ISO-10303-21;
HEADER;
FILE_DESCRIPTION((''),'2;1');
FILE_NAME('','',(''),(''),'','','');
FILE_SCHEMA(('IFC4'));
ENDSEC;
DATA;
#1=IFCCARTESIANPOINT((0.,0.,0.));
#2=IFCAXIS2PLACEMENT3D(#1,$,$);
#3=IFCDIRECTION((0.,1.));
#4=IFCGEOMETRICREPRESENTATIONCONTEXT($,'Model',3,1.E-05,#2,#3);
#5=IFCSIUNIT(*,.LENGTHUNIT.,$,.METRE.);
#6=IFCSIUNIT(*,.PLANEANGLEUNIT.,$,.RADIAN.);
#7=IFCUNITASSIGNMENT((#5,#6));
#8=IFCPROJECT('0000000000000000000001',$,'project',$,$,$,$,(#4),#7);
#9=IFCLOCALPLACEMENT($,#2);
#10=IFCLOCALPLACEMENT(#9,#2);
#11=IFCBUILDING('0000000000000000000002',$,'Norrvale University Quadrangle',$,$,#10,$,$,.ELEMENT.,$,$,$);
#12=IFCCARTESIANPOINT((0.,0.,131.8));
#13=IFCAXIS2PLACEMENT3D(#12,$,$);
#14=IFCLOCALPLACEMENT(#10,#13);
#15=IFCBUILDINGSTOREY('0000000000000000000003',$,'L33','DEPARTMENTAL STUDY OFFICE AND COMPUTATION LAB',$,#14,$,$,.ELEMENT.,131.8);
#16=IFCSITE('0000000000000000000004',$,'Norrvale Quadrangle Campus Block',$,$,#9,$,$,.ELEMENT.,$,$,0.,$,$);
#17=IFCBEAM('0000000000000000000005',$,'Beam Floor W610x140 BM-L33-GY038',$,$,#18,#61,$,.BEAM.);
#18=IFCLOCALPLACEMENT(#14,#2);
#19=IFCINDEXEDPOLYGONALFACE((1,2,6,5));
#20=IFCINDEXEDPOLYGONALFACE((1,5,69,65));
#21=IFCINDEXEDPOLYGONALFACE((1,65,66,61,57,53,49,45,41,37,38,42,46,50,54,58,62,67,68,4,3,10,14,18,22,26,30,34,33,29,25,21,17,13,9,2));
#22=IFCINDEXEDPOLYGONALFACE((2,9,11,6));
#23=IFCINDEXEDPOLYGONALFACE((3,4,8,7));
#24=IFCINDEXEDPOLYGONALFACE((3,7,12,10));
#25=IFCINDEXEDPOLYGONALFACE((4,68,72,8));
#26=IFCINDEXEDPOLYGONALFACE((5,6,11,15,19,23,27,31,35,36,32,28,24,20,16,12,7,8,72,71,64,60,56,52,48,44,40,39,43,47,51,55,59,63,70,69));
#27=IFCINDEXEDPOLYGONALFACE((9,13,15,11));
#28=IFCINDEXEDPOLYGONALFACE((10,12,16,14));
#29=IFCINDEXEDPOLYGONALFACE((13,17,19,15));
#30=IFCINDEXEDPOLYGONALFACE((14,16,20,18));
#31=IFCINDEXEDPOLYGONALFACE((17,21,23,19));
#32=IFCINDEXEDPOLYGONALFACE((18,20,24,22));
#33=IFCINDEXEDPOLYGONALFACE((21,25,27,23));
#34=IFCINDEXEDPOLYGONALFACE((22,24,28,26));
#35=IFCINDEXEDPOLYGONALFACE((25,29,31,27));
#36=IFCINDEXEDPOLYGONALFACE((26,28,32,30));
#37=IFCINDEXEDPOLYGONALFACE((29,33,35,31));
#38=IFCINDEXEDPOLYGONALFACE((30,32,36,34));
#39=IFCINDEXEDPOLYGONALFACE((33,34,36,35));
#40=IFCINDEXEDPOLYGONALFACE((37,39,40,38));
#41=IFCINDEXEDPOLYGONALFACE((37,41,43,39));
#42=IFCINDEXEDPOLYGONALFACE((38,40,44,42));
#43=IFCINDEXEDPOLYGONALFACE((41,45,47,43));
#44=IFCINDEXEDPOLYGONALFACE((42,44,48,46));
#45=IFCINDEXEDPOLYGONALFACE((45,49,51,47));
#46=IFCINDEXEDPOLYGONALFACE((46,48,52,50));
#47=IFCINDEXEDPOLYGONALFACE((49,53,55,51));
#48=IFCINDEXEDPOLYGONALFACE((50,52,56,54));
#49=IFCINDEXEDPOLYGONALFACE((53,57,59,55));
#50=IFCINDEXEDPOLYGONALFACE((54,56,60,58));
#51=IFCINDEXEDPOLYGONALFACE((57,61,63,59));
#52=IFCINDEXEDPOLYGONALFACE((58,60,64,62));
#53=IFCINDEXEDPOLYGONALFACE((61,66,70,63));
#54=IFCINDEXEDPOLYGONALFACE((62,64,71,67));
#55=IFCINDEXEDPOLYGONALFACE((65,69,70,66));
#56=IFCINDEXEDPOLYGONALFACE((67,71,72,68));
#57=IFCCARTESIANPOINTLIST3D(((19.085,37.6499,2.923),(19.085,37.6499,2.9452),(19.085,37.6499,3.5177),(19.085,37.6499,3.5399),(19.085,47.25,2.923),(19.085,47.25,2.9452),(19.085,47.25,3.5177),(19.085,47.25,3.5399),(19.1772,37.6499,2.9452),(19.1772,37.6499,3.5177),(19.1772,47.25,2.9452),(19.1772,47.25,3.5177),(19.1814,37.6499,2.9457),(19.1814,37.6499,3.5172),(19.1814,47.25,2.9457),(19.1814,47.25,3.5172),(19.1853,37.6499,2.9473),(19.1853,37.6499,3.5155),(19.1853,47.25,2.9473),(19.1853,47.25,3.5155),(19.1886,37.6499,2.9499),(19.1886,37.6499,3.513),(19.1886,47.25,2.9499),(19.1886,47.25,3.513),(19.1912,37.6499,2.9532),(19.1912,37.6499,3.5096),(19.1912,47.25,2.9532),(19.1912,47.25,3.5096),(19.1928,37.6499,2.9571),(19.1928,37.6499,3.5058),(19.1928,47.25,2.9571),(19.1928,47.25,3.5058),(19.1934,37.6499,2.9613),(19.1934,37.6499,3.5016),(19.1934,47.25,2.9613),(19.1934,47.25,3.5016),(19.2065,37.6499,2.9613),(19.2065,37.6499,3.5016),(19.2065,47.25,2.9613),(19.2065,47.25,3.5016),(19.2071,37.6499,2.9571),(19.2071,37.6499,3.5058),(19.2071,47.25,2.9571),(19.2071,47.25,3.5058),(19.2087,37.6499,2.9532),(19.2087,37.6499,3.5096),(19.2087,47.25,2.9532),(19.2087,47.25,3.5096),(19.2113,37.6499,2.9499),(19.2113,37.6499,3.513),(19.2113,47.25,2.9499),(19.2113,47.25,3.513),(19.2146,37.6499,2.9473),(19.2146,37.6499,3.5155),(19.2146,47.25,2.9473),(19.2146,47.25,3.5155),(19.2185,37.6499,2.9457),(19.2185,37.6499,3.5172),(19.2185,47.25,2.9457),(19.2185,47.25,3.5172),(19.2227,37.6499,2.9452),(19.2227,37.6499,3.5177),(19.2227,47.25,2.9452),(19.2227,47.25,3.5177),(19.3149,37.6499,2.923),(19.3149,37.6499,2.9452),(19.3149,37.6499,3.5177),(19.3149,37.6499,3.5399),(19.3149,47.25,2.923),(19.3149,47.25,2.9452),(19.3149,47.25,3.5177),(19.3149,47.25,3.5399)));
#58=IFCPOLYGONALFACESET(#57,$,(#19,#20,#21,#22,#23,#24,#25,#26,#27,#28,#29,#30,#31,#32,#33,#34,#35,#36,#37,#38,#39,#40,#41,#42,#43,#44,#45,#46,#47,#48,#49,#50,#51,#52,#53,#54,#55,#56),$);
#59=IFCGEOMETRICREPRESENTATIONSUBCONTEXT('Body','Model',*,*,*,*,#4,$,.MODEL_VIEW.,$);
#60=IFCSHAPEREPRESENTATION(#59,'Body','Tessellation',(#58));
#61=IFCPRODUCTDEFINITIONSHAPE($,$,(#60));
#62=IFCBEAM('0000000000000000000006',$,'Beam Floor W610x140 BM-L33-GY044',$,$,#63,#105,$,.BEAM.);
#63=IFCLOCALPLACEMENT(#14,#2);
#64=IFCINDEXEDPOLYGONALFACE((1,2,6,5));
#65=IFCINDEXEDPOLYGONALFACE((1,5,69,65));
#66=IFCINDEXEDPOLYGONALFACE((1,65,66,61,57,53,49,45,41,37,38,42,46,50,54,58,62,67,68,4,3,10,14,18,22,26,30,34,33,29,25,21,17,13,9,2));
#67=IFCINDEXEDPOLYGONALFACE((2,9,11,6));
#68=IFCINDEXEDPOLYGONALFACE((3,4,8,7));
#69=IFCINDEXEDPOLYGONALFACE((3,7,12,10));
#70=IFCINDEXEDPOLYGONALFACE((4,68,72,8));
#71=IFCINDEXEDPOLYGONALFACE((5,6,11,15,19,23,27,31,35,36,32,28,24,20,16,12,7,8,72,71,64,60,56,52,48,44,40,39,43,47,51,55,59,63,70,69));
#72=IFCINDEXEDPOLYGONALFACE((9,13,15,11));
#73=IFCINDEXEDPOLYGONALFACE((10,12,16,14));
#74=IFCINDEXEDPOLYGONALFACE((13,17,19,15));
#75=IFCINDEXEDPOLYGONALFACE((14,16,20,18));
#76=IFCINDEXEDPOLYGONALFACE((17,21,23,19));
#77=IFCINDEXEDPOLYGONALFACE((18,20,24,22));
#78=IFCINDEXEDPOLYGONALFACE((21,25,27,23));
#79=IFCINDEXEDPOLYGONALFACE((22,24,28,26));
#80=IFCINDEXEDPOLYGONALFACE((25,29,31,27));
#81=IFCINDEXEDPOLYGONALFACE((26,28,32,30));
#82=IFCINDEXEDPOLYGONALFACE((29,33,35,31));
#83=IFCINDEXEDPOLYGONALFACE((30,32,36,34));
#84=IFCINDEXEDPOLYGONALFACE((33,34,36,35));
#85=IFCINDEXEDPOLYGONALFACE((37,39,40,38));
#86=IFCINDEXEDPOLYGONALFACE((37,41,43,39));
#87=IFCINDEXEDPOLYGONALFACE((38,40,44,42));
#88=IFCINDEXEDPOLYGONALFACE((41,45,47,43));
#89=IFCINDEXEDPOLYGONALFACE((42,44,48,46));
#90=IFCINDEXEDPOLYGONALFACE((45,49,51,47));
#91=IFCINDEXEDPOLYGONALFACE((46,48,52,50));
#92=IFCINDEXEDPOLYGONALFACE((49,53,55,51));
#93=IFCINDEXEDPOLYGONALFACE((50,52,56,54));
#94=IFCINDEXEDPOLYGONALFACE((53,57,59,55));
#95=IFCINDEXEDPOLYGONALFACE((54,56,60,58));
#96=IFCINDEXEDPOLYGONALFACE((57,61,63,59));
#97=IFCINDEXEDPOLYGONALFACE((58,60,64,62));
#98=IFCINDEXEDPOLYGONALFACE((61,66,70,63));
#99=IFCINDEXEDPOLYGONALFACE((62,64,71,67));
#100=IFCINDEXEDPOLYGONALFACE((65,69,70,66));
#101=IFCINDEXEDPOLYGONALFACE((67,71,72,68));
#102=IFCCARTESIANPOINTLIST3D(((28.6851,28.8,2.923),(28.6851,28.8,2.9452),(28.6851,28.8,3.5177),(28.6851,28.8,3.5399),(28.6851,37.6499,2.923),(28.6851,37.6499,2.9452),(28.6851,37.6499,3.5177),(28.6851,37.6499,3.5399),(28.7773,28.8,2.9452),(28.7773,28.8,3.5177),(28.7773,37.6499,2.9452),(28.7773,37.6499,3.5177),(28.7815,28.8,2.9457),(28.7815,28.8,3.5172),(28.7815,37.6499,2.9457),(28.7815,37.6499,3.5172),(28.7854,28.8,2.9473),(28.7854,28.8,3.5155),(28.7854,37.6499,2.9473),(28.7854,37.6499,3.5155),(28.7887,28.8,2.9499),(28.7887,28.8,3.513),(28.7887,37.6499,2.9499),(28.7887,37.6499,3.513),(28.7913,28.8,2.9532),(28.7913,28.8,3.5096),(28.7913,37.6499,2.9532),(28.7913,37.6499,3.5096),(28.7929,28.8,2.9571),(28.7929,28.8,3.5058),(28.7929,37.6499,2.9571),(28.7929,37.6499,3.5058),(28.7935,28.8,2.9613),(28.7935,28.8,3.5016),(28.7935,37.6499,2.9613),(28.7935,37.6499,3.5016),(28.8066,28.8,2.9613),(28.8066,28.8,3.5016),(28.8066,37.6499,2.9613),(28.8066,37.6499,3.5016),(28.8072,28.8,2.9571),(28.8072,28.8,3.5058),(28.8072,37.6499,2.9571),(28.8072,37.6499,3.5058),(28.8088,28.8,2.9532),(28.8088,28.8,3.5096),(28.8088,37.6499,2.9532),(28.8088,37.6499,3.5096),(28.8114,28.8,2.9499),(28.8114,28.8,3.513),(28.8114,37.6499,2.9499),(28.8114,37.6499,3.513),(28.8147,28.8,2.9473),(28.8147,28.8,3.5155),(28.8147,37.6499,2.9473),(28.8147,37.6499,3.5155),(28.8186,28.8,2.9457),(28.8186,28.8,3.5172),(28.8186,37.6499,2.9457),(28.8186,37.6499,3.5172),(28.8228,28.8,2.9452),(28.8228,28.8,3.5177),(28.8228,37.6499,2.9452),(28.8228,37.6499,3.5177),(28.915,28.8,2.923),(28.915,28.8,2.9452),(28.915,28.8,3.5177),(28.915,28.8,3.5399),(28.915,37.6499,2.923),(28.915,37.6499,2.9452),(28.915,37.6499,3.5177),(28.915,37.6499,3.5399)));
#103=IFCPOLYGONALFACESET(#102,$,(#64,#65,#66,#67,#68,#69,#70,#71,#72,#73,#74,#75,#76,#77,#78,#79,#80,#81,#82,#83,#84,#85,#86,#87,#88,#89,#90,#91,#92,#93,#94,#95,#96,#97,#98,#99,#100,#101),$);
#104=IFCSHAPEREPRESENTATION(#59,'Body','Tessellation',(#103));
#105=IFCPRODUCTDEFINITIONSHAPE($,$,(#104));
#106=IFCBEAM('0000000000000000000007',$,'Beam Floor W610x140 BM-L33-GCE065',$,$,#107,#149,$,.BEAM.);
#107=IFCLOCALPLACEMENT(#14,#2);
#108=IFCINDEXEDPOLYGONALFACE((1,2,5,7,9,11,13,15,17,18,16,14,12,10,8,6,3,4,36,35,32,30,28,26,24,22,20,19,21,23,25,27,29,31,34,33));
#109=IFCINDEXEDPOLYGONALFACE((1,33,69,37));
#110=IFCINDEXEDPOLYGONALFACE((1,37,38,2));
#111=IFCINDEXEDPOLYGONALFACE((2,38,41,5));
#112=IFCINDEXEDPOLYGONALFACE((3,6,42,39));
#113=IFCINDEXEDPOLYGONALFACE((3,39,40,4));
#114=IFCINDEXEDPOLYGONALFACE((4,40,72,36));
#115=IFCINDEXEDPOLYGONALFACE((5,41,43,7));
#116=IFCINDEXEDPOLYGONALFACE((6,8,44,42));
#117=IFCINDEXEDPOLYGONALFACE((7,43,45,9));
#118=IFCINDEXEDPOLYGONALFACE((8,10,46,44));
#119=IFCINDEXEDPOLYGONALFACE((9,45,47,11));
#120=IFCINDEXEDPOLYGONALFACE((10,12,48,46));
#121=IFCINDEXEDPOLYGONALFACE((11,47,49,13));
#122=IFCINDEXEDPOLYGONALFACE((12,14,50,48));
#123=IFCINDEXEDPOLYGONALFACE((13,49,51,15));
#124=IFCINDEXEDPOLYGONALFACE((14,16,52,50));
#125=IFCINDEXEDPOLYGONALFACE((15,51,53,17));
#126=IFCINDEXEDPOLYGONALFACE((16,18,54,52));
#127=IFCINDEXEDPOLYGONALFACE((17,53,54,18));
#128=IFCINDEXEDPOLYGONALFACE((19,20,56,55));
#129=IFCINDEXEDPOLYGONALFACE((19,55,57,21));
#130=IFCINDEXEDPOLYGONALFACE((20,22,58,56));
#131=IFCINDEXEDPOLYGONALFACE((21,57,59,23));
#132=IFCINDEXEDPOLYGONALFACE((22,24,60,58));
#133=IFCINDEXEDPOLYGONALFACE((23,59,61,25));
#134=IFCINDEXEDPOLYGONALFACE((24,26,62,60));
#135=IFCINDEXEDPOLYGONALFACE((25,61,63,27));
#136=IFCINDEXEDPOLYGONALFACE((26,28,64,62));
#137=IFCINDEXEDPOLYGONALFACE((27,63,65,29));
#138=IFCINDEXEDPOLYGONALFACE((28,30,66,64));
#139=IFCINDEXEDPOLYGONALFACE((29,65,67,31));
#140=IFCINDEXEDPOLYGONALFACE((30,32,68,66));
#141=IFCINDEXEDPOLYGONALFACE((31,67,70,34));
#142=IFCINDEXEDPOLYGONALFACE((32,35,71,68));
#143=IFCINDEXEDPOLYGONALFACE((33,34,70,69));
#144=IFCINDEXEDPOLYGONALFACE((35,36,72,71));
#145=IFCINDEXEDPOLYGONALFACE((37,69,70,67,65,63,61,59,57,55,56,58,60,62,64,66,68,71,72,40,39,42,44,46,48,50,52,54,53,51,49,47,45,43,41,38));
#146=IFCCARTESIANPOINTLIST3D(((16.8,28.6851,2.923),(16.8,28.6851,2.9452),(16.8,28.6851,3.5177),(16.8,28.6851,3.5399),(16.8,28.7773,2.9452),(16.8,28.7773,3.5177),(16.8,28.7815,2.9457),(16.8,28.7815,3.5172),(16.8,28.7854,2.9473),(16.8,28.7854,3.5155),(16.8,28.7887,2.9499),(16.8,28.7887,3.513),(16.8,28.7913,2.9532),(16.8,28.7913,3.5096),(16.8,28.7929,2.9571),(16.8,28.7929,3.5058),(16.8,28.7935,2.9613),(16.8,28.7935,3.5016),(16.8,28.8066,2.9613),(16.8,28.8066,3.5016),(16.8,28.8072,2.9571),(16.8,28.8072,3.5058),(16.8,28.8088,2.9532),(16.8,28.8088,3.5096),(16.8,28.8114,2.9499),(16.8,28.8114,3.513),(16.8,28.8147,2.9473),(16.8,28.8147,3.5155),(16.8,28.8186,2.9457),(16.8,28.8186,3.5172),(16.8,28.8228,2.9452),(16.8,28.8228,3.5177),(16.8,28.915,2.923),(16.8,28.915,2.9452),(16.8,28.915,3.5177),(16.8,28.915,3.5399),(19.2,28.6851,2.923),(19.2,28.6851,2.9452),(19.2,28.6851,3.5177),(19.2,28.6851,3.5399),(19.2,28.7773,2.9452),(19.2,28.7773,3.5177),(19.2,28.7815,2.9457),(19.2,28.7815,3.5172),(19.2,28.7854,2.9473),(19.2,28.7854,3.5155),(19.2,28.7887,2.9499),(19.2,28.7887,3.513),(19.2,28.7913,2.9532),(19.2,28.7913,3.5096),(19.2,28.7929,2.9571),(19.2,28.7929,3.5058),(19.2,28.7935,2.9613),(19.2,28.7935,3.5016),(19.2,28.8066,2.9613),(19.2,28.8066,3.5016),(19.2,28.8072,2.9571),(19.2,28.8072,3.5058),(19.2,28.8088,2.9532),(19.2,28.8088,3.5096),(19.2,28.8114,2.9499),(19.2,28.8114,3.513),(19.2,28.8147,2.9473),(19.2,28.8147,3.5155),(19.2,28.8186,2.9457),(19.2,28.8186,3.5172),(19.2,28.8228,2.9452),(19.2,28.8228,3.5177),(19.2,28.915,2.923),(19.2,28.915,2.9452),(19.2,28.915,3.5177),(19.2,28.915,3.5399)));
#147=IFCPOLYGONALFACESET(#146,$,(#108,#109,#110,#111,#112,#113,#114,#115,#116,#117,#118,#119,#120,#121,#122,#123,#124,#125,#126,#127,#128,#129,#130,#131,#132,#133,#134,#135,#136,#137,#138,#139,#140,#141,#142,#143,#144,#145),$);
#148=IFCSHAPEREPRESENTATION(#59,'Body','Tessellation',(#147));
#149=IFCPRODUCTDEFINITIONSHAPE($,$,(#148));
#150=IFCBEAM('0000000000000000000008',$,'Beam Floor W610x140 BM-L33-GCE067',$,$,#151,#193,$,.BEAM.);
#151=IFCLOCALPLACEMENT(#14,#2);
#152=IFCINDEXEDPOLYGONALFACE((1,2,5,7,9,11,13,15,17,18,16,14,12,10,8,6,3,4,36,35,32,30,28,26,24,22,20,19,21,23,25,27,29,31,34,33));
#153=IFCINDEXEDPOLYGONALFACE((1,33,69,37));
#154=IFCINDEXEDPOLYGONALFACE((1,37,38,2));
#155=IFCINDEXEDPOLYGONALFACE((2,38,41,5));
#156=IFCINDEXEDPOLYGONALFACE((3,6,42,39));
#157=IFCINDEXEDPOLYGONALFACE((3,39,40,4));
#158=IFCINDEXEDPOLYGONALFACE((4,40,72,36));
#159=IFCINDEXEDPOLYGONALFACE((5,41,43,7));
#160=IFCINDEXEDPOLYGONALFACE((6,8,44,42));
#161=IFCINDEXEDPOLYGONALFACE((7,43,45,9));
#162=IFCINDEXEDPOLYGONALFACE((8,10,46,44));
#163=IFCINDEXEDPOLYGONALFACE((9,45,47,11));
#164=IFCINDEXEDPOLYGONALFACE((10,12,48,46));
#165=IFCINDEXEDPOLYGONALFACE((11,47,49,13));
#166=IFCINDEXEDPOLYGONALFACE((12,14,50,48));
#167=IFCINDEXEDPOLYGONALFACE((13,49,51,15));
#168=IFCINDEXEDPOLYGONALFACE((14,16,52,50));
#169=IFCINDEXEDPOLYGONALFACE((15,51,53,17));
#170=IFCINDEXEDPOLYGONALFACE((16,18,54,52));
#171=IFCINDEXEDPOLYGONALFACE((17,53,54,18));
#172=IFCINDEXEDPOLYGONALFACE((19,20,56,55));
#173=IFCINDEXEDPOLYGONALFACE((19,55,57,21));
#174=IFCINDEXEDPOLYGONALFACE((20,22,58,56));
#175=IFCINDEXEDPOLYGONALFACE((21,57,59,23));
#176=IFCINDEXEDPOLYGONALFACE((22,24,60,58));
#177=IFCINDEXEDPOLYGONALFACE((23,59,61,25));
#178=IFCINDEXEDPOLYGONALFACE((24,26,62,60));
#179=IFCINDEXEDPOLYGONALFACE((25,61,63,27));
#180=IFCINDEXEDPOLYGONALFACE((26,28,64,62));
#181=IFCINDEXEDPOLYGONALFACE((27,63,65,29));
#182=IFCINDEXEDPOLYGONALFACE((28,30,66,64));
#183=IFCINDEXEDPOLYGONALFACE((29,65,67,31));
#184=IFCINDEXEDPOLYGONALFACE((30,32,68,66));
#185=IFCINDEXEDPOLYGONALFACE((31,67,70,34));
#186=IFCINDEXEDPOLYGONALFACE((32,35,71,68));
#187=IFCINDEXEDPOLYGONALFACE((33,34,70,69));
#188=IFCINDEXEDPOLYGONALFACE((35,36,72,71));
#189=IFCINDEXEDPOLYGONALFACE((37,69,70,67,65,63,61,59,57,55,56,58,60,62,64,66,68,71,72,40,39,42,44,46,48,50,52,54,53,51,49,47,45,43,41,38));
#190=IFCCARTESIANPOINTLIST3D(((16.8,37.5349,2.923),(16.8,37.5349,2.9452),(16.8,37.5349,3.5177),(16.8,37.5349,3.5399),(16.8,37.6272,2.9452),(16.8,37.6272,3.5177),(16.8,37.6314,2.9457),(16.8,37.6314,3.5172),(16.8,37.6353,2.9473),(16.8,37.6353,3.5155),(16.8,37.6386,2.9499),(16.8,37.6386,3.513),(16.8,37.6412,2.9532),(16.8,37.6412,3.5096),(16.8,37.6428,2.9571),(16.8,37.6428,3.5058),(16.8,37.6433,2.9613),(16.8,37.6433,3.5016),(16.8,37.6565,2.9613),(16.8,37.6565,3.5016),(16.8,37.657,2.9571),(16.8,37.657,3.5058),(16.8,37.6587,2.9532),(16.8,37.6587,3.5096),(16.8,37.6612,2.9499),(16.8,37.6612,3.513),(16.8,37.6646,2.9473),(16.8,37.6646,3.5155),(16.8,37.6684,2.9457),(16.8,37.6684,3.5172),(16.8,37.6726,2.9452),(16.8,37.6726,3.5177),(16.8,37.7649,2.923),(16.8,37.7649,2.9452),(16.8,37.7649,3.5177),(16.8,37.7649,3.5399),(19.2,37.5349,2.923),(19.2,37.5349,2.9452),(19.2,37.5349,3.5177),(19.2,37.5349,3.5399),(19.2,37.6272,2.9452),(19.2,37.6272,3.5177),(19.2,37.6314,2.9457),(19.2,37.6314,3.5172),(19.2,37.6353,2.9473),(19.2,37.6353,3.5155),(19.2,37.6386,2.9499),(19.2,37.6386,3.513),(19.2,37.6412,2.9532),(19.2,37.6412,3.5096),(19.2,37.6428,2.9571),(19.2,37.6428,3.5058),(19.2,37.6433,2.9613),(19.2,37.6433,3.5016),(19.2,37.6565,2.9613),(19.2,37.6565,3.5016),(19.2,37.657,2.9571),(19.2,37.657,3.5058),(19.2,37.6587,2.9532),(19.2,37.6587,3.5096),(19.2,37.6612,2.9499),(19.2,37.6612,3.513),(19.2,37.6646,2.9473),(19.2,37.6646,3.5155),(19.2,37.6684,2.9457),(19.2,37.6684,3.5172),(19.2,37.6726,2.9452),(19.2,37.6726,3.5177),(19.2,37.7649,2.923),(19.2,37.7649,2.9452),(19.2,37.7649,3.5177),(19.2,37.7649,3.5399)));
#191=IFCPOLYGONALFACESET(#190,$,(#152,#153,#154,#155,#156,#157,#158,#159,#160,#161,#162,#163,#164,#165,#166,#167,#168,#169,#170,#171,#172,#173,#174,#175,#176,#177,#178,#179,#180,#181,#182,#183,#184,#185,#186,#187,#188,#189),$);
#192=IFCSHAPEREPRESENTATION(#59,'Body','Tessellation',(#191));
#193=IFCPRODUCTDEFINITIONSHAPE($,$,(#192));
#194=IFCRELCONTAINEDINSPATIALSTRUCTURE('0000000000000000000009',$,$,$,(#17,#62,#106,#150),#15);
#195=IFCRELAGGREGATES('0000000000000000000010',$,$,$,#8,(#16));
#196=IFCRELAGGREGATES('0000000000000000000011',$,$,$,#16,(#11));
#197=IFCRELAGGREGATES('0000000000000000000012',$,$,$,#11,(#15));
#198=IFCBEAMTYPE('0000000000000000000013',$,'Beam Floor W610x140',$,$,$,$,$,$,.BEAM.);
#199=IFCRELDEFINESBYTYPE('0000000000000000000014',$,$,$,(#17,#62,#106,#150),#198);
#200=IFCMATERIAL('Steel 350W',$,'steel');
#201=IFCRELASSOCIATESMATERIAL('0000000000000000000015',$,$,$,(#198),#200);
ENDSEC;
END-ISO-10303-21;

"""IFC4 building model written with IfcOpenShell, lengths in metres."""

from ifc_helpers import new_model, si_unit, direction, frame, origin, origin_2d, place, context, subcontext, project, spatial, i_section, extrude, material, material_profile, profile_set, type_object, element, save


model = new_model("IFC4")

# Units and contexts
model_context = context("Model", 3, precision=1e-05, world=origin(), true_north=direction((0.0, 1.0)))
body_context = subcontext(model_context, "Body", "Model", "MODEL_VIEW")
ifc_project = project(units=[si_unit("LENGTHUNIT", "METRE"), si_unit("PLANEANGLEUNIT", "RADIAN")], contexts=[model_context])

# Site, building, storey
site_placement = place(None, origin())
site = spatial("IfcSite", under=ifc_project, at=site_placement, Name="Norrvale Quadrangle Campus Block", CompositionType="ELEMENT", RefElevation=0.0)
building_placement = place(site_placement, origin())
building = spatial("IfcBuilding", under=site, at=building_placement, Name="Norrvale University Quadrangle", CompositionType="ELEMENT")
storey_placement = place(building_placement, frame((0.0, 0.0, 131.8)))
storey = spatial("IfcBuildingStorey", under=building, at=storey_placement, Name="L33", Description="DEPARTMENTAL STUDY OFFICE AND COMPUTATION LAB", CompositionType="ELEMENT", Elevation=131.8)

# Beams
ifc_material_1 = material(Name="Steel 350W", Category="steel")
ifc_material_profile_1 = material_profile(ifc_material_1, i_section(OverallWidth=0.23, OverallDepth=0.6169, WebThickness=0.0132, FlangeThickness=0.0222, FilletRadius=0.0161, at=origin_2d()), Name="Steel 350W")
ifc_profile_set_1 = profile_set([ifc_material_profile_1], Name="Steel 350W")
beam_type_1 = type_object("IfcBeamType", Name="Beam Floor W610x140", PredefinedType="BEAM", material=ifc_profile_set_1)
beam_1_placement = place(storey_placement, frame((19.2, 37.6499, 3.2314), z_axis=(0.0, 1.0, 0.0), x_axis=(-1.0, 0.0, 0.0)))
element("IfcBeam", 1, at=beam_1_placement, inside=storey, type_object=beam_type_1, Name="Beam Floor W610x140 BM-L33-GY038", PredefinedType="BEAM", context=body_context, shape_type="SweptSolid", body=[
    extrude(i_section(OverallWidth=0.23, OverallDepth=0.6169, WebThickness=0.0132, FlangeThickness=0.0222, FilletRadius=0.0161, at=origin_2d()), origin(), (0.0, 0.0, 1.0), 9.6001),
])
beam_2_placement = place(storey_placement, frame((28.8, 28.8, 3.2314), z_axis=(0.0, 1.0, 0.0), x_axis=(-1.0, 0.0, 0.0)))
element("IfcBeam", 2, at=beam_2_placement, inside=storey, type_object=beam_type_1, Name="Beam Floor W610x140 BM-L33-GY044", PredefinedType="BEAM", context=body_context, shape_type="SweptSolid", body=[
    extrude(i_section(OverallWidth=0.23, OverallDepth=0.6169, WebThickness=0.0132, FlangeThickness=0.0222, FilletRadius=0.0161, at=origin_2d()), origin(), (0.0, 0.0, 1.0), 8.8499),
])
for number, where, z_axis, x_axis, name in (
    (3, (16.8, 28.8, 3.2314), (1.0, 0.0, 0.0), (0.0, 1.0, 0.0), "Beam Floor W610x140 BM-L33-GCE065"),
    (4, (16.8, 37.6499, 3.2314), (1.0, 0.0, 0.0), (0.0, 1.0, 0.0), "Beam Floor W610x140 BM-L33-GCE067"),
):
    element("IfcBeam", number, at=place(storey_placement, frame(where, z_axis=z_axis, x_axis=x_axis)), inside=storey, type_object=beam_type_1, Name=name, PredefinedType="BEAM", context=body_context, shape_type="SweptSolid", body=[
        extrude(i_section(OverallWidth=0.23, OverallDepth=0.6169, WebThickness=0.0132, FlangeThickness=0.0222, FilletRadius=0.0161, at=origin_2d()), origin(), (0.0, 0.0, 1.0), 2.3999),
    ])

save(model, "model.ifc")
